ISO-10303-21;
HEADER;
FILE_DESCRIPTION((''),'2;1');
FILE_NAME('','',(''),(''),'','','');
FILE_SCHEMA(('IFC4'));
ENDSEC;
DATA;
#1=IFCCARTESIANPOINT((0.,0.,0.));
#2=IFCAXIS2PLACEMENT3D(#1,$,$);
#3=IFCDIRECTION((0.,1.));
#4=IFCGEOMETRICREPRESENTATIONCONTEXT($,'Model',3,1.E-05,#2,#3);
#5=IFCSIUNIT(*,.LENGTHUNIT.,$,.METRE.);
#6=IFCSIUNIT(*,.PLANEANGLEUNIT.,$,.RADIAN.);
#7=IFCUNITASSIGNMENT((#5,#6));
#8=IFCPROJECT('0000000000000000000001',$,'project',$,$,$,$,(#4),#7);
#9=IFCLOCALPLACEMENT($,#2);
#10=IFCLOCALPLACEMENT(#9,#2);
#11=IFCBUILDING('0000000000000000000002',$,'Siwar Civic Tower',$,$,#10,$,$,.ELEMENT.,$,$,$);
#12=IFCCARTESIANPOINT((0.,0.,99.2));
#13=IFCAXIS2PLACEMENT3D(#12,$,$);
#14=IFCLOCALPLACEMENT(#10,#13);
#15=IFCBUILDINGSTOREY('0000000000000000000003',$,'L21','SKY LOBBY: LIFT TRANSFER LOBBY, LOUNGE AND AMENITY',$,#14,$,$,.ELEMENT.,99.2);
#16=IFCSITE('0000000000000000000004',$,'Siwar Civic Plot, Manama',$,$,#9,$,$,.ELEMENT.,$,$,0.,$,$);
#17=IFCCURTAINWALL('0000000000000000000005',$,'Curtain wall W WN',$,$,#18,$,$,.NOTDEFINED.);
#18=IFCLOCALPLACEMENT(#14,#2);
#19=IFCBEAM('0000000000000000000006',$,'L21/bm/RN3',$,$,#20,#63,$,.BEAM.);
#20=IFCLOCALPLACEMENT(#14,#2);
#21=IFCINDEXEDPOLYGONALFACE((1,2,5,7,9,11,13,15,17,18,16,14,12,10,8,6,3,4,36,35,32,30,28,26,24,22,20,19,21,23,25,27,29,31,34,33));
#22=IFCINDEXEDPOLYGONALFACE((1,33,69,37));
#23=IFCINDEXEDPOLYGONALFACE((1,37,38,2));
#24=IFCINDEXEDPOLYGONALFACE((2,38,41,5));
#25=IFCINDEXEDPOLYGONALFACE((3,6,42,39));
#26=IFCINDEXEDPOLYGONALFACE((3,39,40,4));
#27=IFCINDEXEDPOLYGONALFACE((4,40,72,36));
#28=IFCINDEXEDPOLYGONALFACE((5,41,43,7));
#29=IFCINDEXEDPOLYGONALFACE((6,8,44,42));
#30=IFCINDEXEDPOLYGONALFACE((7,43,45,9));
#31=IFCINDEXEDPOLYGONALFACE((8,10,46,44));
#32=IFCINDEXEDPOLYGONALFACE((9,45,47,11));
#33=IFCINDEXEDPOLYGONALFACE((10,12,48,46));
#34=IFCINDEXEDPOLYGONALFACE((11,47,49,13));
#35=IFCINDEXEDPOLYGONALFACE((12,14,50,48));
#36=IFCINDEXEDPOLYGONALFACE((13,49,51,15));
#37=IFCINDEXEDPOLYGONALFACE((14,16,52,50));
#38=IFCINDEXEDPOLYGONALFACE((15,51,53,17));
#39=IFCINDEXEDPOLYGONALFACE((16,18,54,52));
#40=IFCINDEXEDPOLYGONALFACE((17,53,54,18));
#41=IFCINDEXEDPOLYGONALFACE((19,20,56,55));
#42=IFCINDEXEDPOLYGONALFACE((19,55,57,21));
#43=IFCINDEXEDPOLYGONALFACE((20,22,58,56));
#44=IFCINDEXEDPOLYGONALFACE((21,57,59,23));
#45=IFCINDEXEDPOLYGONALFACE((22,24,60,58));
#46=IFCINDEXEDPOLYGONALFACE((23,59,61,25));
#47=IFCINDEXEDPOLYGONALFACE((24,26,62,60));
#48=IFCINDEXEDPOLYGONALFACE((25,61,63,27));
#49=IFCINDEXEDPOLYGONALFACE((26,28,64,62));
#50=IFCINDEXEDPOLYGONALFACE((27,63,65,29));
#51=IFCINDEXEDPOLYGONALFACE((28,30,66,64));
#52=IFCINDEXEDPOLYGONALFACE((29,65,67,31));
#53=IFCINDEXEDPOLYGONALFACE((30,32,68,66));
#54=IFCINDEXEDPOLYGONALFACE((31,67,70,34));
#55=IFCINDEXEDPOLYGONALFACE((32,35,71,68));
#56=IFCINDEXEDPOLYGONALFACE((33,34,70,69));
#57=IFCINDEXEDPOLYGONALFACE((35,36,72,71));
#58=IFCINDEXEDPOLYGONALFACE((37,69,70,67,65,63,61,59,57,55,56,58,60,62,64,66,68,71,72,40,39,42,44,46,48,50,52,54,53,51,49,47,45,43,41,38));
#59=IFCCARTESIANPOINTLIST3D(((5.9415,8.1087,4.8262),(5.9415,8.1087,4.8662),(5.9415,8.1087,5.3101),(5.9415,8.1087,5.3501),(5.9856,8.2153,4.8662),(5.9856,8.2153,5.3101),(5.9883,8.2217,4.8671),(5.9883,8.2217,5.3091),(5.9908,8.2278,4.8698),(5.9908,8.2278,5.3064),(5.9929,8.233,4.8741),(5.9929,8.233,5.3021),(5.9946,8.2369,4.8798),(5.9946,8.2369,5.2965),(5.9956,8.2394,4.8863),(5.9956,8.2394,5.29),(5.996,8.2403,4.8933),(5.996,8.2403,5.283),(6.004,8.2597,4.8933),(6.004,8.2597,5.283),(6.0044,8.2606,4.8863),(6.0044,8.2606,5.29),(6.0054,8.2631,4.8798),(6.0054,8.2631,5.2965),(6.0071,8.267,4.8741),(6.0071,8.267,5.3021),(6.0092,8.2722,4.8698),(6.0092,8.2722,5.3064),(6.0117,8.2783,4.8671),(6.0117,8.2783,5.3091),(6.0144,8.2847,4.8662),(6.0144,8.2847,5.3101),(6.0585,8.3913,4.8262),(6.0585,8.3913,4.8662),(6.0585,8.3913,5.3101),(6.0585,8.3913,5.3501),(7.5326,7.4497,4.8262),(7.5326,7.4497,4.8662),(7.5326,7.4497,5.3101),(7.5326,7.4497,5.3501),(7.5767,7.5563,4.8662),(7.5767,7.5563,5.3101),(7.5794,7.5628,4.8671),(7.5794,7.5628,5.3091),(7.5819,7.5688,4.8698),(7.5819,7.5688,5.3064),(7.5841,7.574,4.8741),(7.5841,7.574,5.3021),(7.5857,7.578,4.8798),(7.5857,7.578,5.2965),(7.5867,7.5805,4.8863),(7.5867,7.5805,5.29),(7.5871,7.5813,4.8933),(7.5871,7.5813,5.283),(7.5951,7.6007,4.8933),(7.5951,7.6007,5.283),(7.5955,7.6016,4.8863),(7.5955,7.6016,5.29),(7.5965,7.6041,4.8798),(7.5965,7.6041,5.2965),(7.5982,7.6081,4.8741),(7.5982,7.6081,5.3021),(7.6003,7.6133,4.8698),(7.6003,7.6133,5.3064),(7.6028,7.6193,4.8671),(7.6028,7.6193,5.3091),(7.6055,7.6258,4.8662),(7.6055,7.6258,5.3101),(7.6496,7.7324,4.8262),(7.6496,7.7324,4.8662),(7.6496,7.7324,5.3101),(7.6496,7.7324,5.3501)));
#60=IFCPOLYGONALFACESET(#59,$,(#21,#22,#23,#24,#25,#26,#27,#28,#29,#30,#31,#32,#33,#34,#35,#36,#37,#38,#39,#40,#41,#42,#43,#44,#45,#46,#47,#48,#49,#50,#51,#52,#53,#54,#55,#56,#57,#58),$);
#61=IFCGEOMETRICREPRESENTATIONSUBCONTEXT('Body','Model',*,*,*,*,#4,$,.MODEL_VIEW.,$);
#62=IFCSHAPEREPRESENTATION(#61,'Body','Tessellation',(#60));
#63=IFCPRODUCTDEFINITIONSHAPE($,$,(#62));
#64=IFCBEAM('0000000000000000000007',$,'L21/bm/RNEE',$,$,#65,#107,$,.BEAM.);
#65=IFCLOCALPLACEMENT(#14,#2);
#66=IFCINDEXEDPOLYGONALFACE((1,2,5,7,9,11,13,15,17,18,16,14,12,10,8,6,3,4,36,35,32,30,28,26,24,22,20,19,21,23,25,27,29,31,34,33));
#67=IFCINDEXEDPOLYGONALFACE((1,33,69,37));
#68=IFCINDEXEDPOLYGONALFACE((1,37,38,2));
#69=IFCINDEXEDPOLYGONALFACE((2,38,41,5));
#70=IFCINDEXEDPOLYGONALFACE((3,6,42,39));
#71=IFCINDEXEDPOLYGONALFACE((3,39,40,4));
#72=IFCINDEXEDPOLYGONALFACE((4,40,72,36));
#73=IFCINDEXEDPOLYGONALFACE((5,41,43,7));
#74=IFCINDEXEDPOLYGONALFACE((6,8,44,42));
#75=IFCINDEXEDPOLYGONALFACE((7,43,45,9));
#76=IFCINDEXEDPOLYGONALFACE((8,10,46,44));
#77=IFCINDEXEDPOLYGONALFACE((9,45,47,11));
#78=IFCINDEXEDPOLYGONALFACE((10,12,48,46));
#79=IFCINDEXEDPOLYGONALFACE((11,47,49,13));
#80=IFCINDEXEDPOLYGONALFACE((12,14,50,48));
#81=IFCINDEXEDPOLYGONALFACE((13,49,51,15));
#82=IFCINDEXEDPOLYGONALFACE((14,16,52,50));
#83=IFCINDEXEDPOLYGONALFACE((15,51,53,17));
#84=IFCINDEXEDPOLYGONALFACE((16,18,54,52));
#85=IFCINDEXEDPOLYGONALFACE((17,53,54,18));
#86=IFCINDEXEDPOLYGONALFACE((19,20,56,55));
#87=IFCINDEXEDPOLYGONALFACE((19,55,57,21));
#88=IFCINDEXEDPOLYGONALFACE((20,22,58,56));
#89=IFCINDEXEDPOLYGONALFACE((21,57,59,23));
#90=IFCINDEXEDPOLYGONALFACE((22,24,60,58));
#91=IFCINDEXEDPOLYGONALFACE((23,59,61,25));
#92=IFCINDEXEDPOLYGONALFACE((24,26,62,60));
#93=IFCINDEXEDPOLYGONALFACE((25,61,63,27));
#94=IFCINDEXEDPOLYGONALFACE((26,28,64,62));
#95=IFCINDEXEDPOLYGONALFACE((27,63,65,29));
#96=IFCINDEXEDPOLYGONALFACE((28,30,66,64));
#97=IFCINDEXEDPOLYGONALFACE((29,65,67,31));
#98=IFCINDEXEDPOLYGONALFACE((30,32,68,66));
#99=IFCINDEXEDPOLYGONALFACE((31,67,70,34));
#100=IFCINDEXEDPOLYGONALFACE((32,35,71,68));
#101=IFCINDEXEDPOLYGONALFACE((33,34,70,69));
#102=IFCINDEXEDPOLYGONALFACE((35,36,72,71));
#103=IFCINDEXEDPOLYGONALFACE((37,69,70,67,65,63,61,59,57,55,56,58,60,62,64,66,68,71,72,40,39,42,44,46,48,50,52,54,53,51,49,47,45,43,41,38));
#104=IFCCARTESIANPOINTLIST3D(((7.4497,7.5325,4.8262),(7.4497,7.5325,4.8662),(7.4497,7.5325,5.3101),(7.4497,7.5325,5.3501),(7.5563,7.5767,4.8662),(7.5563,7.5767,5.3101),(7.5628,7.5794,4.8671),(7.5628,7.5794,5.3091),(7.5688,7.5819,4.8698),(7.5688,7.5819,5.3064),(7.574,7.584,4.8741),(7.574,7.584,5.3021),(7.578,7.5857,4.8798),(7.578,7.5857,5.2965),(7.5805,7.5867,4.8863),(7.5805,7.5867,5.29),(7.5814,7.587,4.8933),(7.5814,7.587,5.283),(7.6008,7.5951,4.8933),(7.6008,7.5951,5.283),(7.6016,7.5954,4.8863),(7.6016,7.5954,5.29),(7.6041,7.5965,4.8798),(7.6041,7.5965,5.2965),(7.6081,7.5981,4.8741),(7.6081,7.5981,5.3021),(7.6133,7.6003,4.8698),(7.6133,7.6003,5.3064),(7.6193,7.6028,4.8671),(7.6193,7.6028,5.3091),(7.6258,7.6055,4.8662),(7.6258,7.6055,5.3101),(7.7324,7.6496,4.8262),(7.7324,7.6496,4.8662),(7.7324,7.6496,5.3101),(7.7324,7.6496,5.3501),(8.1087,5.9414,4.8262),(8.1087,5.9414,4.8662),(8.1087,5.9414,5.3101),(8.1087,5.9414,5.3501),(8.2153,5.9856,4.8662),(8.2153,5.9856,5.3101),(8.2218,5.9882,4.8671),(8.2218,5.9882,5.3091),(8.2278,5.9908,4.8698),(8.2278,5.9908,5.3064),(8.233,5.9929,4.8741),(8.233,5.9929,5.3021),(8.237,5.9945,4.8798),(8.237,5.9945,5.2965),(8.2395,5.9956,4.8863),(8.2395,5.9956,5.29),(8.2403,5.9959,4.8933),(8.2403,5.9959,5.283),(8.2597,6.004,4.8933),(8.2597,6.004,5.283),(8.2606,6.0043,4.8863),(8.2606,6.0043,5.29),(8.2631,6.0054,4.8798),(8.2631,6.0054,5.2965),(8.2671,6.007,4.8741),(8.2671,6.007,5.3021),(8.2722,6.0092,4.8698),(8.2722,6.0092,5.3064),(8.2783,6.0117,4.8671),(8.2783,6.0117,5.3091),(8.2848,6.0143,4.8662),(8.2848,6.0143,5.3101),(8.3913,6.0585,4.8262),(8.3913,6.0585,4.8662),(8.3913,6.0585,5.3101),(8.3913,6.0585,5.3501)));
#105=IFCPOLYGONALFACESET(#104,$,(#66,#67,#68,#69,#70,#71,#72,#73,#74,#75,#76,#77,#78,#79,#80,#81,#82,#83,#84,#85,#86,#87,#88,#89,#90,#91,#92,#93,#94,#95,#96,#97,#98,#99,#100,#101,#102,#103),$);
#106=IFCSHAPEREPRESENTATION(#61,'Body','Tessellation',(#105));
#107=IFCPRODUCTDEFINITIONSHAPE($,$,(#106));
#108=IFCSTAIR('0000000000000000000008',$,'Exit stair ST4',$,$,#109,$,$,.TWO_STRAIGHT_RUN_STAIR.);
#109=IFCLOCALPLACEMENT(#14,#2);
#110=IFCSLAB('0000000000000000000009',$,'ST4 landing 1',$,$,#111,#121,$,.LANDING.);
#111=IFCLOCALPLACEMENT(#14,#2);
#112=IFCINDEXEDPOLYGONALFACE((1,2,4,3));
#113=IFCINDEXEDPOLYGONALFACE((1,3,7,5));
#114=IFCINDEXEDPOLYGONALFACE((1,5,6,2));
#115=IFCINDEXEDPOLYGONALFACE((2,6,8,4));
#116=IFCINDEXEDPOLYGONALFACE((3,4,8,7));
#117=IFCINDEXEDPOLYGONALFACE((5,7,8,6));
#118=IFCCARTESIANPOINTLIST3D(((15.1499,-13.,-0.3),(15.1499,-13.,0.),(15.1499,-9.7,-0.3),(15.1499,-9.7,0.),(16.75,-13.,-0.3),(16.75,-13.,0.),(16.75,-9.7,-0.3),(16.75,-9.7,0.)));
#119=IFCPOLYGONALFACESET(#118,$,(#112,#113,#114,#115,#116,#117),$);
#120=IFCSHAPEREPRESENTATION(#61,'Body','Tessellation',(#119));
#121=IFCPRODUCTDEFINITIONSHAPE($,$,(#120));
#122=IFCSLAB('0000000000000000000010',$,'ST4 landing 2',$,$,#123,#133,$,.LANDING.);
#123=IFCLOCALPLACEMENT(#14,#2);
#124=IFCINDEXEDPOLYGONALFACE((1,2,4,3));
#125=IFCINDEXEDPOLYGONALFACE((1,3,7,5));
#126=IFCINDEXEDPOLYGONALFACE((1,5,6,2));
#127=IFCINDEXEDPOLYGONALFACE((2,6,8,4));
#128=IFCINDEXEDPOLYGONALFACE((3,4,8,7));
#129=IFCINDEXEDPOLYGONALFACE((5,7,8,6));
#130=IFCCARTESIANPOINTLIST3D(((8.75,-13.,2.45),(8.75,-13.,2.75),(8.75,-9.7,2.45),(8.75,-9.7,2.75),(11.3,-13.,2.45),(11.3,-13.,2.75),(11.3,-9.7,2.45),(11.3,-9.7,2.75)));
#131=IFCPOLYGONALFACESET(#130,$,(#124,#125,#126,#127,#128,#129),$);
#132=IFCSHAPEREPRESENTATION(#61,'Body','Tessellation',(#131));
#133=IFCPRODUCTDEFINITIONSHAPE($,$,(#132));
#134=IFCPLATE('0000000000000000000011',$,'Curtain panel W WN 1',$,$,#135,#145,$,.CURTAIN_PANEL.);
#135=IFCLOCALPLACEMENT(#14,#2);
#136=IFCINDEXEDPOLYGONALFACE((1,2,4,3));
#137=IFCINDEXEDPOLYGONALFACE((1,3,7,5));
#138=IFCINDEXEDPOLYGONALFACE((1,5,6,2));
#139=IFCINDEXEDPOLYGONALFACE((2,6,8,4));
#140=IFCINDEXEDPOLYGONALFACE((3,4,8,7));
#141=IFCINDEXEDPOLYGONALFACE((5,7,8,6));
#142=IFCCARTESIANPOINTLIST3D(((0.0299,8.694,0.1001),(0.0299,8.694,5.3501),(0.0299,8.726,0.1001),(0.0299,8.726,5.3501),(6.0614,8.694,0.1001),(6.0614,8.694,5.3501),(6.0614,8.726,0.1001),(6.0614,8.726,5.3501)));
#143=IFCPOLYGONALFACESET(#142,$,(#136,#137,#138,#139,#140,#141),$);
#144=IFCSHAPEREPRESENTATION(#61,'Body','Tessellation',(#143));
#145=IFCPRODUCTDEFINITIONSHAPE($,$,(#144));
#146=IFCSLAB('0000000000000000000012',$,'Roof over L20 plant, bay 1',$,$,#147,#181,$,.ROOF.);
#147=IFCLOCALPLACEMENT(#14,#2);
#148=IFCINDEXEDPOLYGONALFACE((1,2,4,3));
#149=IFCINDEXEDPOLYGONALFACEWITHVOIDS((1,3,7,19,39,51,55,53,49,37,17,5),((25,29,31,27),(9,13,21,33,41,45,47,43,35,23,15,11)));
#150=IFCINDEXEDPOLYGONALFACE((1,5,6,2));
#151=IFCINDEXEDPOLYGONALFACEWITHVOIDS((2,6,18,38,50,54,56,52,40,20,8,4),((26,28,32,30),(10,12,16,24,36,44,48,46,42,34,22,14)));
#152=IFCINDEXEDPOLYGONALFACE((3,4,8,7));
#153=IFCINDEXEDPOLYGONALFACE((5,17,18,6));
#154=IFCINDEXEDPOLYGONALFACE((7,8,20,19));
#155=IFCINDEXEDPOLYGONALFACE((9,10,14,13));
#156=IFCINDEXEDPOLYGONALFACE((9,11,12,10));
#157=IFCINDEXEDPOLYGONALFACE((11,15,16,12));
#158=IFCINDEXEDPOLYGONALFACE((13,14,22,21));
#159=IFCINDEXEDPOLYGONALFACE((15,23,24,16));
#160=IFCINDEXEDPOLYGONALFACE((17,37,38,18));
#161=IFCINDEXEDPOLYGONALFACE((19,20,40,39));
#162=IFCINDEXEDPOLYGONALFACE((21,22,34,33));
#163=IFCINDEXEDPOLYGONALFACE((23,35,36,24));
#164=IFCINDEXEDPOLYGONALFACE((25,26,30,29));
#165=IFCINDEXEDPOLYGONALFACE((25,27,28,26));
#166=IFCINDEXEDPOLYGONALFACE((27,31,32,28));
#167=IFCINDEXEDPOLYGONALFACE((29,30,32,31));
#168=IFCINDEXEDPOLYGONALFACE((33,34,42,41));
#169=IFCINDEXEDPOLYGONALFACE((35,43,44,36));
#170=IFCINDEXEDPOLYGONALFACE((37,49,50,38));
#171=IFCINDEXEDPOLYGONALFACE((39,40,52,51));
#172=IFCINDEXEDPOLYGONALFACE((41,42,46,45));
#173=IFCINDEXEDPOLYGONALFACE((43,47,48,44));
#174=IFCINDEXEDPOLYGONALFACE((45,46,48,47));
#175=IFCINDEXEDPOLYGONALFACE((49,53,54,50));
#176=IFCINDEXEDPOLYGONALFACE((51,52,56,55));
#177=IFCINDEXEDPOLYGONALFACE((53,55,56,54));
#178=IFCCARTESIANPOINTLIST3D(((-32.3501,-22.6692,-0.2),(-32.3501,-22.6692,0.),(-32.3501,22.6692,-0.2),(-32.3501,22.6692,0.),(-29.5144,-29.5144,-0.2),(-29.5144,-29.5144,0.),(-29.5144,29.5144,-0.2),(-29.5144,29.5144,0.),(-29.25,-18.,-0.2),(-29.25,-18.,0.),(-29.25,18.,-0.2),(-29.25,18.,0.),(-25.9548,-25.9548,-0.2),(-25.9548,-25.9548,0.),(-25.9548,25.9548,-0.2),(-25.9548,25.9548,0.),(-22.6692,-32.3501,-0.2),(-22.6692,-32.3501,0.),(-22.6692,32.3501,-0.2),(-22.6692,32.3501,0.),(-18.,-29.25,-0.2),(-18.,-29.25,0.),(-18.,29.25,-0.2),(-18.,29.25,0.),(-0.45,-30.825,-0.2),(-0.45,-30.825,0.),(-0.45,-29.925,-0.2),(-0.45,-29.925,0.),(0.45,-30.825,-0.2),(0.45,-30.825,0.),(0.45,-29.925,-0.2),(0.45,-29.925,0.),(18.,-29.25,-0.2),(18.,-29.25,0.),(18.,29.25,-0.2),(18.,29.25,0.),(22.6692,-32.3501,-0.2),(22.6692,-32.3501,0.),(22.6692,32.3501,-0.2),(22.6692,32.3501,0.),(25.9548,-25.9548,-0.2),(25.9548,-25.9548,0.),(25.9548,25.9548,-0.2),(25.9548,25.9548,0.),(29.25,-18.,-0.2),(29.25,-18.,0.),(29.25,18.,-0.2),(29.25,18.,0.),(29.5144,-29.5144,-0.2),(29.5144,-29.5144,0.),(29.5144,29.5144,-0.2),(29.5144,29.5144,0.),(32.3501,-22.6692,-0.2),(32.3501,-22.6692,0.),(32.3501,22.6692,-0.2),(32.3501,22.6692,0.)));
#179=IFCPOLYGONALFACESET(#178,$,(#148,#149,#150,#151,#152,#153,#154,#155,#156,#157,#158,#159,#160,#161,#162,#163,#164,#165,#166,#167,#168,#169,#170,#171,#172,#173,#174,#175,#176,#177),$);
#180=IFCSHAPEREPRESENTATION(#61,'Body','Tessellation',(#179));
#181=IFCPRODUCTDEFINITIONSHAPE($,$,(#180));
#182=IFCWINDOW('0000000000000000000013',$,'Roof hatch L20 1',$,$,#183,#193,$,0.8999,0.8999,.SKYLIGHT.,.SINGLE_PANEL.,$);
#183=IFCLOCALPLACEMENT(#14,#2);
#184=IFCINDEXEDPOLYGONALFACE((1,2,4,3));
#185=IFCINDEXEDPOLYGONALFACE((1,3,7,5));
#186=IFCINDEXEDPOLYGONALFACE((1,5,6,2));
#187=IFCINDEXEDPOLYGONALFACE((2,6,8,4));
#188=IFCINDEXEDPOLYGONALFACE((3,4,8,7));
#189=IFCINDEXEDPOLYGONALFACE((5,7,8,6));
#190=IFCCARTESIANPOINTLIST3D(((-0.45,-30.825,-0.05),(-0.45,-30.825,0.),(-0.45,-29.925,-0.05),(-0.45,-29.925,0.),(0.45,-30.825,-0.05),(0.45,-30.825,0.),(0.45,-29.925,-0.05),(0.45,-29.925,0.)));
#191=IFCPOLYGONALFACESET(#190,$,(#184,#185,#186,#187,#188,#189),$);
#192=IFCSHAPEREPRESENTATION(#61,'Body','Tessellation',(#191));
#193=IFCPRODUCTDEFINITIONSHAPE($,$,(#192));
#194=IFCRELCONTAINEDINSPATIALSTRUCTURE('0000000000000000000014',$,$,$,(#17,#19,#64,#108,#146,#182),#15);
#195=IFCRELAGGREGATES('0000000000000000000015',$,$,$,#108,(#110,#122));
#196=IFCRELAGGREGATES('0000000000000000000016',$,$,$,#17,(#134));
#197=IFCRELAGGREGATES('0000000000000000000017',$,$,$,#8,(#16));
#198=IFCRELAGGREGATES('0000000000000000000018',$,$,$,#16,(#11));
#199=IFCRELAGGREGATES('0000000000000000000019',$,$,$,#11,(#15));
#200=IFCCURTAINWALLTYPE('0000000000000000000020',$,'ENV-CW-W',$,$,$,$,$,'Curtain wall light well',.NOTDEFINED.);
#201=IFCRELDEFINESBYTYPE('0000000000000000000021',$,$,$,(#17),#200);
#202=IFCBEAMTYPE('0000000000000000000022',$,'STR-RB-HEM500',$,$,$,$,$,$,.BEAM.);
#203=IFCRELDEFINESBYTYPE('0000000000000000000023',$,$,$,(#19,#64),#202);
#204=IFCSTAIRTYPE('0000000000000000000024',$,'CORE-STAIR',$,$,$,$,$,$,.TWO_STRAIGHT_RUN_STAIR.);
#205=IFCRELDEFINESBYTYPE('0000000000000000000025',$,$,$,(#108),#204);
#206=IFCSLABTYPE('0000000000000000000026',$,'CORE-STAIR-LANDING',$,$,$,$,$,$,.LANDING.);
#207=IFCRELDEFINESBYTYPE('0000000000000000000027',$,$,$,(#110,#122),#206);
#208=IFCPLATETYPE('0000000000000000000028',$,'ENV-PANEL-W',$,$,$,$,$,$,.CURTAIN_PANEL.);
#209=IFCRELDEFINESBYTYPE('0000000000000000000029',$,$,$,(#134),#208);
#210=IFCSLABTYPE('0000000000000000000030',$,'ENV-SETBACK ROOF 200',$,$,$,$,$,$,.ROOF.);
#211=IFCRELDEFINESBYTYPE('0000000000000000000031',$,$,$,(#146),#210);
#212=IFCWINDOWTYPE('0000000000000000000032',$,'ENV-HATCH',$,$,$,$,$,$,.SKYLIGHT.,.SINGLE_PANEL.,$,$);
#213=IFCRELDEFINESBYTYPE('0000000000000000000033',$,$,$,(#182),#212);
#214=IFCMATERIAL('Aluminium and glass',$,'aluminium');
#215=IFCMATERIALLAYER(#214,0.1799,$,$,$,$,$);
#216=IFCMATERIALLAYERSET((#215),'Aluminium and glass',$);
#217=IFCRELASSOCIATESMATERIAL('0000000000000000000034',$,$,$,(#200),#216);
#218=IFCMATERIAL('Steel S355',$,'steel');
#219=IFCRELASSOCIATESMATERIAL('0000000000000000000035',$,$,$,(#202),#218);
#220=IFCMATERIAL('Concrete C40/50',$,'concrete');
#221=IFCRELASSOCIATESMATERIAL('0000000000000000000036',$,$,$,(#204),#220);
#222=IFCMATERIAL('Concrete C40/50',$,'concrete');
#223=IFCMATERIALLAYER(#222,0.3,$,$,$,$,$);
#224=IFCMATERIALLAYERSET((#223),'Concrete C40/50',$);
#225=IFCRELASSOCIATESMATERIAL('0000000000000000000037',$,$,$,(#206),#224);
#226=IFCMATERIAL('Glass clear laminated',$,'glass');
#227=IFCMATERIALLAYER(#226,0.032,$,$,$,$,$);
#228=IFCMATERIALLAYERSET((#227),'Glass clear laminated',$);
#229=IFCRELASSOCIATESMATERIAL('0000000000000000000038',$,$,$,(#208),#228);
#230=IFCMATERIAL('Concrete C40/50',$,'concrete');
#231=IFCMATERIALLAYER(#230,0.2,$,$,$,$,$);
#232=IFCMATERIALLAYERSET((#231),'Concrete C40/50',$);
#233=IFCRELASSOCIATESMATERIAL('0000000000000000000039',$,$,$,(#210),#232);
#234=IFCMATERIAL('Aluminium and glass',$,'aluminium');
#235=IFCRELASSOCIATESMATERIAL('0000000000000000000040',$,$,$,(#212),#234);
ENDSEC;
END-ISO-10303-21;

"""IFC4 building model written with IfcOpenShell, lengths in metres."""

from ifc_helpers import new_model, si_unit, direction, frame, origin, origin_2d, place, context, subcontext, project, spatial, polyline, rectangle, i_section, outline, extrude, material, layer, layer_set, material_profile, profile_set, type_object, element, fill, aggregate, save


model = new_model("IFC4")

# Units and contexts
model_context = context("Model", 3, precision=1e-05, world=origin(), true_north=direction((0.0, 1.0)))
body_context = subcontext(model_context, "Body", "Model", "MODEL_VIEW")
ifc_project = project(units=[si_unit("LENGTHUNIT", "METRE"), si_unit("PLANEANGLEUNIT", "RADIAN")], contexts=[model_context])

# Site, building, storey
site_placement = place(None, origin())
site = spatial("IfcSite", under=ifc_project, at=site_placement, Name="Siwar Civic Plot, Manama", CompositionType="ELEMENT", RefElevation=0.0)
building_placement = place(site_placement, origin())
building = spatial("IfcBuilding", under=site, at=building_placement, Name="Siwar Civic Tower", CompositionType="ELEMENT")
storey_placement = place(building_placement, frame((0.0, 0.0, 99.2)))
storey = spatial("IfcBuildingStorey", under=building, at=storey_placement, Name="L21", Description="SKY LOBBY: LIFT TRANSFER LOBBY, LOUNGE AND AMENITY", CompositionType="ELEMENT", Elevation=99.2)

# Curtain wall
ifc_material_1 = material(Name="Aluminium and glass", Category="aluminium")
ifc_layer_1 = layer(ifc_material_1, 0.1799)
ifc_layer_set_1 = layer_set([ifc_layer_1], Name="Aluminium and glass")
curtain_wall_type = type_object("IfcCurtainWallType", Name="ENV-CW-W", ElementType="Curtain wall light well", PredefinedType="NOTDEFINED", material=ifc_layer_set_1)
curtain_wall_placement = place(storey_placement, origin())
curtain_wall = element("IfcCurtainWall", 1, at=curtain_wall_placement, inside=storey, type_object=curtain_wall_type, Name="Curtain wall W WN", PredefinedType="NOTDEFINED")

# Beams
ifc_material_2 = material(Name="Steel S355", Category="steel")
ifc_material_profile_1 = material_profile(ifc_material_2, i_section(OverallWidth=0.3059, OverallDepth=0.5239, WebThickness=0.021, FlangeThickness=0.04, FilletRadius=0.0271, at=origin_2d()), Name="HEM500")
ifc_profile_set_1 = profile_set([ifc_material_profile_1], Name="Steel S355")
beam_type_1 = type_object("IfcBeamType", Name="STR-RB-HEM500", PredefinedType="BEAM", material=ifc_profile_set_1)
for number, where, z_axis, x_axis, name in (
    (2, (6.0, 8.25, 5.0881), (0.923901, -0.382631, 0.0), (0.382631, 0.923901, 0.0), "L21/bm/RN3"),
    (3, (7.5911, 7.5911, 5.0881), (0.382631, -0.923901, 0.0), (0.923901, 0.382631, 0.0), "L21/bm/RNEE"),
):
    element("IfcBeam", number, at=place(storey_placement, frame(where, z_axis=z_axis, x_axis=x_axis)), inside=storey, type_object=beam_type_1, Name=name, PredefinedType="BEAM", context=body_context, shape_type="SweptSolid", body=[
        extrude(i_section(OverallWidth=0.3059, OverallDepth=0.5239, WebThickness=0.021, FlangeThickness=0.04, FilletRadius=0.0271, at=origin_2d()), origin(), (0.0, 0.0, 1.0), 1.7222),
    ])

# Stair, slabs
ifc_material_3 = material(Name="Concrete C40/50", Category="concrete")
stair_type = type_object("IfcStairType", Name="CORE-STAIR", PredefinedType="TWO_STRAIGHT_RUN_STAIR", material=ifc_material_3)
stair_1_placement = place(storey_placement, origin())
stair_1 = element("IfcStair", 4, at=stair_1_placement, inside=storey, type_object=stair_type, Name="Exit stair ST4", PredefinedType="TWO_STRAIGHT_RUN_STAIR")
ifc_material_4 = material(Name="Concrete C40/50", Category="concrete")
ifc_layer_2 = layer(ifc_material_4, 0.3)
ifc_layer_set_2 = layer_set([ifc_layer_2], Name="Concrete C40/50")
slab_type_1 = type_object("IfcSlabType", Name="CORE-STAIR-LANDING", PredefinedType="LANDING", material=ifc_layer_set_2)
slab_1_placement = place(storey_placement, frame((0.0, 0.0, -0.3)))
slab_1 = element("IfcSlab", 5, at=slab_1_placement, type_object=slab_type_1, Name="ST4 landing 1", PredefinedType="LANDING", context=body_context, shape_type="SweptSolid", body=[
    extrude(outline(polyline([(15.1499, -13.0), (16.75, -13.0), (16.75, -9.7), (15.1499, -9.7), (15.1499, -13.0)])), origin(), (0.0, 0.0, 1.0), 0.3),
])
slab_2_placement = place(storey_placement, frame((0.0, 0.0, 2.45)))
slab_2 = element("IfcSlab", 6, at=slab_2_placement, type_object=slab_type_1, Name="ST4 landing 2", PredefinedType="LANDING", context=body_context, shape_type="SweptSolid", body=[
    extrude(outline(polyline([(8.75, -13.0), (11.3, -13.0), (11.3, -9.7), (8.75, -9.7), (8.75, -13.0)])), origin(), (0.0, 0.0, 1.0), 0.3),
])
aggregate(stair_1, [slab_1, slab_2])

# Plate
ifc_material_5 = material(Name="Glass clear laminated", Category="glass")
ifc_layer_3 = layer(ifc_material_5, 0.032)
ifc_layer_set_3 = layer_set([ifc_layer_3], Name="Glass clear laminated")
plate_type = type_object("IfcPlateType", Name="ENV-PANEL-W", PredefinedType="CURTAIN_PANEL", material=ifc_layer_set_3)
plate_placement = place(storey_placement, frame((3.0457, 8.71, 0.1001), z_axis=(0.0, 0.0, 1.0), x_axis=(-1.0, 0.0, 0.0)))
plate = element("IfcPlate", 7, at=plate_placement, type_object=plate_type, Name="Curtain panel W WN 1", PredefinedType="CURTAIN_PANEL", context=body_context, shape_type="SweptSolid", body=[
    extrude(rectangle(XDim=6.0315, YDim=0.032, at=origin_2d()), origin(), (0.0, 0.0, 1.0), 5.25),
])
aggregate(curtain_wall, [plate])

# Slab, opening, window
ifc_material_6 = material(Name="Concrete C40/50", Category="concrete")
ifc_layer_4 = layer(ifc_material_6, 0.2)
ifc_layer_set_4 = layer_set([ifc_layer_4], Name="Concrete C40/50")
slab_type_2 = type_object("IfcSlabType", Name="ENV-SETBACK ROOF 200", PredefinedType="ROOF", material=ifc_layer_set_4)
slab_3_placement = place(storey_placement, frame((0.0, 0.0, -0.2)))
slab_3 = element("IfcSlab", 8, at=slab_3_placement, inside=storey, type_object=slab_type_2, Name="Roof over L20 plant, bay 1", PredefinedType="ROOF", context=body_context, shape_type="SweptSolid", body=[
    extrude(outline(polyline([(-29.5144, -29.5144), (-22.6692, -32.3501), (22.6692, -32.3501), (29.5144, -29.5144), (32.3501, -22.6692), (32.3501, 22.6692), (29.5144, 29.5144), (22.6692, 32.3501), (-22.6692, 32.3501), (-29.5144, 29.5144), (-32.3501, 22.6692), (-32.3501, -22.6692), (-29.5144, -29.5144)]), holes=[polyline([(18.0, -29.25), (-18.0, -29.25), (-25.9548, -25.9548), (-29.25, -18.0), (-29.25, 18.0), (-25.9548, 25.9548), (-18.0, 29.25), (18.0, 29.25), (25.9548, 25.9548), (29.25, 18.0), (29.25, -18.0), (25.9548, -25.9548), (18.0, -29.25)])]), origin(), (0.0, 0.0, 1.0), 0.2),
])
opening_1_placement = place(slab_3_placement, frame((0.0, -30.375, 0.0)))
opening_1 = element("IfcOpeningElement", 9, at=opening_1_placement, cuts=slab_3, PredefinedType="OPENING", context=body_context, shape_type="SweptSolid", body=[
    extrude(rectangle(XDim=0.8999, YDim=0.8999, at=origin_2d()), origin(), (0.0, 0.0, 1.0), 0.2),
])
ifc_material_7 = material(Name="Aluminium and glass", Category="aluminium")
window_type = type_object("IfcWindowType", Name="ENV-HATCH", PartitioningType="SINGLE_PANEL", PredefinedType="SKYLIGHT", material=ifc_material_7)
window_placement = place(opening_1_placement, frame((0.0, 0.0, 0.1499)))
window = element("IfcWindow", 10, at=window_placement, inside=storey, type_object=window_type, Name="Roof hatch L20 1", OverallHeight=0.8999, OverallWidth=0.8999, PartitioningType="SINGLE_PANEL", PredefinedType="SKYLIGHT", context=body_context, shape_type="SweptSolid", body=[
    extrude(rectangle(XDim=0.8999, YDim=0.8999, at=origin_2d()), origin(), (0.0, 0.0, 1.0), 0.05),
])
fill(opening_1, window)

save(model, "model.ifc")
